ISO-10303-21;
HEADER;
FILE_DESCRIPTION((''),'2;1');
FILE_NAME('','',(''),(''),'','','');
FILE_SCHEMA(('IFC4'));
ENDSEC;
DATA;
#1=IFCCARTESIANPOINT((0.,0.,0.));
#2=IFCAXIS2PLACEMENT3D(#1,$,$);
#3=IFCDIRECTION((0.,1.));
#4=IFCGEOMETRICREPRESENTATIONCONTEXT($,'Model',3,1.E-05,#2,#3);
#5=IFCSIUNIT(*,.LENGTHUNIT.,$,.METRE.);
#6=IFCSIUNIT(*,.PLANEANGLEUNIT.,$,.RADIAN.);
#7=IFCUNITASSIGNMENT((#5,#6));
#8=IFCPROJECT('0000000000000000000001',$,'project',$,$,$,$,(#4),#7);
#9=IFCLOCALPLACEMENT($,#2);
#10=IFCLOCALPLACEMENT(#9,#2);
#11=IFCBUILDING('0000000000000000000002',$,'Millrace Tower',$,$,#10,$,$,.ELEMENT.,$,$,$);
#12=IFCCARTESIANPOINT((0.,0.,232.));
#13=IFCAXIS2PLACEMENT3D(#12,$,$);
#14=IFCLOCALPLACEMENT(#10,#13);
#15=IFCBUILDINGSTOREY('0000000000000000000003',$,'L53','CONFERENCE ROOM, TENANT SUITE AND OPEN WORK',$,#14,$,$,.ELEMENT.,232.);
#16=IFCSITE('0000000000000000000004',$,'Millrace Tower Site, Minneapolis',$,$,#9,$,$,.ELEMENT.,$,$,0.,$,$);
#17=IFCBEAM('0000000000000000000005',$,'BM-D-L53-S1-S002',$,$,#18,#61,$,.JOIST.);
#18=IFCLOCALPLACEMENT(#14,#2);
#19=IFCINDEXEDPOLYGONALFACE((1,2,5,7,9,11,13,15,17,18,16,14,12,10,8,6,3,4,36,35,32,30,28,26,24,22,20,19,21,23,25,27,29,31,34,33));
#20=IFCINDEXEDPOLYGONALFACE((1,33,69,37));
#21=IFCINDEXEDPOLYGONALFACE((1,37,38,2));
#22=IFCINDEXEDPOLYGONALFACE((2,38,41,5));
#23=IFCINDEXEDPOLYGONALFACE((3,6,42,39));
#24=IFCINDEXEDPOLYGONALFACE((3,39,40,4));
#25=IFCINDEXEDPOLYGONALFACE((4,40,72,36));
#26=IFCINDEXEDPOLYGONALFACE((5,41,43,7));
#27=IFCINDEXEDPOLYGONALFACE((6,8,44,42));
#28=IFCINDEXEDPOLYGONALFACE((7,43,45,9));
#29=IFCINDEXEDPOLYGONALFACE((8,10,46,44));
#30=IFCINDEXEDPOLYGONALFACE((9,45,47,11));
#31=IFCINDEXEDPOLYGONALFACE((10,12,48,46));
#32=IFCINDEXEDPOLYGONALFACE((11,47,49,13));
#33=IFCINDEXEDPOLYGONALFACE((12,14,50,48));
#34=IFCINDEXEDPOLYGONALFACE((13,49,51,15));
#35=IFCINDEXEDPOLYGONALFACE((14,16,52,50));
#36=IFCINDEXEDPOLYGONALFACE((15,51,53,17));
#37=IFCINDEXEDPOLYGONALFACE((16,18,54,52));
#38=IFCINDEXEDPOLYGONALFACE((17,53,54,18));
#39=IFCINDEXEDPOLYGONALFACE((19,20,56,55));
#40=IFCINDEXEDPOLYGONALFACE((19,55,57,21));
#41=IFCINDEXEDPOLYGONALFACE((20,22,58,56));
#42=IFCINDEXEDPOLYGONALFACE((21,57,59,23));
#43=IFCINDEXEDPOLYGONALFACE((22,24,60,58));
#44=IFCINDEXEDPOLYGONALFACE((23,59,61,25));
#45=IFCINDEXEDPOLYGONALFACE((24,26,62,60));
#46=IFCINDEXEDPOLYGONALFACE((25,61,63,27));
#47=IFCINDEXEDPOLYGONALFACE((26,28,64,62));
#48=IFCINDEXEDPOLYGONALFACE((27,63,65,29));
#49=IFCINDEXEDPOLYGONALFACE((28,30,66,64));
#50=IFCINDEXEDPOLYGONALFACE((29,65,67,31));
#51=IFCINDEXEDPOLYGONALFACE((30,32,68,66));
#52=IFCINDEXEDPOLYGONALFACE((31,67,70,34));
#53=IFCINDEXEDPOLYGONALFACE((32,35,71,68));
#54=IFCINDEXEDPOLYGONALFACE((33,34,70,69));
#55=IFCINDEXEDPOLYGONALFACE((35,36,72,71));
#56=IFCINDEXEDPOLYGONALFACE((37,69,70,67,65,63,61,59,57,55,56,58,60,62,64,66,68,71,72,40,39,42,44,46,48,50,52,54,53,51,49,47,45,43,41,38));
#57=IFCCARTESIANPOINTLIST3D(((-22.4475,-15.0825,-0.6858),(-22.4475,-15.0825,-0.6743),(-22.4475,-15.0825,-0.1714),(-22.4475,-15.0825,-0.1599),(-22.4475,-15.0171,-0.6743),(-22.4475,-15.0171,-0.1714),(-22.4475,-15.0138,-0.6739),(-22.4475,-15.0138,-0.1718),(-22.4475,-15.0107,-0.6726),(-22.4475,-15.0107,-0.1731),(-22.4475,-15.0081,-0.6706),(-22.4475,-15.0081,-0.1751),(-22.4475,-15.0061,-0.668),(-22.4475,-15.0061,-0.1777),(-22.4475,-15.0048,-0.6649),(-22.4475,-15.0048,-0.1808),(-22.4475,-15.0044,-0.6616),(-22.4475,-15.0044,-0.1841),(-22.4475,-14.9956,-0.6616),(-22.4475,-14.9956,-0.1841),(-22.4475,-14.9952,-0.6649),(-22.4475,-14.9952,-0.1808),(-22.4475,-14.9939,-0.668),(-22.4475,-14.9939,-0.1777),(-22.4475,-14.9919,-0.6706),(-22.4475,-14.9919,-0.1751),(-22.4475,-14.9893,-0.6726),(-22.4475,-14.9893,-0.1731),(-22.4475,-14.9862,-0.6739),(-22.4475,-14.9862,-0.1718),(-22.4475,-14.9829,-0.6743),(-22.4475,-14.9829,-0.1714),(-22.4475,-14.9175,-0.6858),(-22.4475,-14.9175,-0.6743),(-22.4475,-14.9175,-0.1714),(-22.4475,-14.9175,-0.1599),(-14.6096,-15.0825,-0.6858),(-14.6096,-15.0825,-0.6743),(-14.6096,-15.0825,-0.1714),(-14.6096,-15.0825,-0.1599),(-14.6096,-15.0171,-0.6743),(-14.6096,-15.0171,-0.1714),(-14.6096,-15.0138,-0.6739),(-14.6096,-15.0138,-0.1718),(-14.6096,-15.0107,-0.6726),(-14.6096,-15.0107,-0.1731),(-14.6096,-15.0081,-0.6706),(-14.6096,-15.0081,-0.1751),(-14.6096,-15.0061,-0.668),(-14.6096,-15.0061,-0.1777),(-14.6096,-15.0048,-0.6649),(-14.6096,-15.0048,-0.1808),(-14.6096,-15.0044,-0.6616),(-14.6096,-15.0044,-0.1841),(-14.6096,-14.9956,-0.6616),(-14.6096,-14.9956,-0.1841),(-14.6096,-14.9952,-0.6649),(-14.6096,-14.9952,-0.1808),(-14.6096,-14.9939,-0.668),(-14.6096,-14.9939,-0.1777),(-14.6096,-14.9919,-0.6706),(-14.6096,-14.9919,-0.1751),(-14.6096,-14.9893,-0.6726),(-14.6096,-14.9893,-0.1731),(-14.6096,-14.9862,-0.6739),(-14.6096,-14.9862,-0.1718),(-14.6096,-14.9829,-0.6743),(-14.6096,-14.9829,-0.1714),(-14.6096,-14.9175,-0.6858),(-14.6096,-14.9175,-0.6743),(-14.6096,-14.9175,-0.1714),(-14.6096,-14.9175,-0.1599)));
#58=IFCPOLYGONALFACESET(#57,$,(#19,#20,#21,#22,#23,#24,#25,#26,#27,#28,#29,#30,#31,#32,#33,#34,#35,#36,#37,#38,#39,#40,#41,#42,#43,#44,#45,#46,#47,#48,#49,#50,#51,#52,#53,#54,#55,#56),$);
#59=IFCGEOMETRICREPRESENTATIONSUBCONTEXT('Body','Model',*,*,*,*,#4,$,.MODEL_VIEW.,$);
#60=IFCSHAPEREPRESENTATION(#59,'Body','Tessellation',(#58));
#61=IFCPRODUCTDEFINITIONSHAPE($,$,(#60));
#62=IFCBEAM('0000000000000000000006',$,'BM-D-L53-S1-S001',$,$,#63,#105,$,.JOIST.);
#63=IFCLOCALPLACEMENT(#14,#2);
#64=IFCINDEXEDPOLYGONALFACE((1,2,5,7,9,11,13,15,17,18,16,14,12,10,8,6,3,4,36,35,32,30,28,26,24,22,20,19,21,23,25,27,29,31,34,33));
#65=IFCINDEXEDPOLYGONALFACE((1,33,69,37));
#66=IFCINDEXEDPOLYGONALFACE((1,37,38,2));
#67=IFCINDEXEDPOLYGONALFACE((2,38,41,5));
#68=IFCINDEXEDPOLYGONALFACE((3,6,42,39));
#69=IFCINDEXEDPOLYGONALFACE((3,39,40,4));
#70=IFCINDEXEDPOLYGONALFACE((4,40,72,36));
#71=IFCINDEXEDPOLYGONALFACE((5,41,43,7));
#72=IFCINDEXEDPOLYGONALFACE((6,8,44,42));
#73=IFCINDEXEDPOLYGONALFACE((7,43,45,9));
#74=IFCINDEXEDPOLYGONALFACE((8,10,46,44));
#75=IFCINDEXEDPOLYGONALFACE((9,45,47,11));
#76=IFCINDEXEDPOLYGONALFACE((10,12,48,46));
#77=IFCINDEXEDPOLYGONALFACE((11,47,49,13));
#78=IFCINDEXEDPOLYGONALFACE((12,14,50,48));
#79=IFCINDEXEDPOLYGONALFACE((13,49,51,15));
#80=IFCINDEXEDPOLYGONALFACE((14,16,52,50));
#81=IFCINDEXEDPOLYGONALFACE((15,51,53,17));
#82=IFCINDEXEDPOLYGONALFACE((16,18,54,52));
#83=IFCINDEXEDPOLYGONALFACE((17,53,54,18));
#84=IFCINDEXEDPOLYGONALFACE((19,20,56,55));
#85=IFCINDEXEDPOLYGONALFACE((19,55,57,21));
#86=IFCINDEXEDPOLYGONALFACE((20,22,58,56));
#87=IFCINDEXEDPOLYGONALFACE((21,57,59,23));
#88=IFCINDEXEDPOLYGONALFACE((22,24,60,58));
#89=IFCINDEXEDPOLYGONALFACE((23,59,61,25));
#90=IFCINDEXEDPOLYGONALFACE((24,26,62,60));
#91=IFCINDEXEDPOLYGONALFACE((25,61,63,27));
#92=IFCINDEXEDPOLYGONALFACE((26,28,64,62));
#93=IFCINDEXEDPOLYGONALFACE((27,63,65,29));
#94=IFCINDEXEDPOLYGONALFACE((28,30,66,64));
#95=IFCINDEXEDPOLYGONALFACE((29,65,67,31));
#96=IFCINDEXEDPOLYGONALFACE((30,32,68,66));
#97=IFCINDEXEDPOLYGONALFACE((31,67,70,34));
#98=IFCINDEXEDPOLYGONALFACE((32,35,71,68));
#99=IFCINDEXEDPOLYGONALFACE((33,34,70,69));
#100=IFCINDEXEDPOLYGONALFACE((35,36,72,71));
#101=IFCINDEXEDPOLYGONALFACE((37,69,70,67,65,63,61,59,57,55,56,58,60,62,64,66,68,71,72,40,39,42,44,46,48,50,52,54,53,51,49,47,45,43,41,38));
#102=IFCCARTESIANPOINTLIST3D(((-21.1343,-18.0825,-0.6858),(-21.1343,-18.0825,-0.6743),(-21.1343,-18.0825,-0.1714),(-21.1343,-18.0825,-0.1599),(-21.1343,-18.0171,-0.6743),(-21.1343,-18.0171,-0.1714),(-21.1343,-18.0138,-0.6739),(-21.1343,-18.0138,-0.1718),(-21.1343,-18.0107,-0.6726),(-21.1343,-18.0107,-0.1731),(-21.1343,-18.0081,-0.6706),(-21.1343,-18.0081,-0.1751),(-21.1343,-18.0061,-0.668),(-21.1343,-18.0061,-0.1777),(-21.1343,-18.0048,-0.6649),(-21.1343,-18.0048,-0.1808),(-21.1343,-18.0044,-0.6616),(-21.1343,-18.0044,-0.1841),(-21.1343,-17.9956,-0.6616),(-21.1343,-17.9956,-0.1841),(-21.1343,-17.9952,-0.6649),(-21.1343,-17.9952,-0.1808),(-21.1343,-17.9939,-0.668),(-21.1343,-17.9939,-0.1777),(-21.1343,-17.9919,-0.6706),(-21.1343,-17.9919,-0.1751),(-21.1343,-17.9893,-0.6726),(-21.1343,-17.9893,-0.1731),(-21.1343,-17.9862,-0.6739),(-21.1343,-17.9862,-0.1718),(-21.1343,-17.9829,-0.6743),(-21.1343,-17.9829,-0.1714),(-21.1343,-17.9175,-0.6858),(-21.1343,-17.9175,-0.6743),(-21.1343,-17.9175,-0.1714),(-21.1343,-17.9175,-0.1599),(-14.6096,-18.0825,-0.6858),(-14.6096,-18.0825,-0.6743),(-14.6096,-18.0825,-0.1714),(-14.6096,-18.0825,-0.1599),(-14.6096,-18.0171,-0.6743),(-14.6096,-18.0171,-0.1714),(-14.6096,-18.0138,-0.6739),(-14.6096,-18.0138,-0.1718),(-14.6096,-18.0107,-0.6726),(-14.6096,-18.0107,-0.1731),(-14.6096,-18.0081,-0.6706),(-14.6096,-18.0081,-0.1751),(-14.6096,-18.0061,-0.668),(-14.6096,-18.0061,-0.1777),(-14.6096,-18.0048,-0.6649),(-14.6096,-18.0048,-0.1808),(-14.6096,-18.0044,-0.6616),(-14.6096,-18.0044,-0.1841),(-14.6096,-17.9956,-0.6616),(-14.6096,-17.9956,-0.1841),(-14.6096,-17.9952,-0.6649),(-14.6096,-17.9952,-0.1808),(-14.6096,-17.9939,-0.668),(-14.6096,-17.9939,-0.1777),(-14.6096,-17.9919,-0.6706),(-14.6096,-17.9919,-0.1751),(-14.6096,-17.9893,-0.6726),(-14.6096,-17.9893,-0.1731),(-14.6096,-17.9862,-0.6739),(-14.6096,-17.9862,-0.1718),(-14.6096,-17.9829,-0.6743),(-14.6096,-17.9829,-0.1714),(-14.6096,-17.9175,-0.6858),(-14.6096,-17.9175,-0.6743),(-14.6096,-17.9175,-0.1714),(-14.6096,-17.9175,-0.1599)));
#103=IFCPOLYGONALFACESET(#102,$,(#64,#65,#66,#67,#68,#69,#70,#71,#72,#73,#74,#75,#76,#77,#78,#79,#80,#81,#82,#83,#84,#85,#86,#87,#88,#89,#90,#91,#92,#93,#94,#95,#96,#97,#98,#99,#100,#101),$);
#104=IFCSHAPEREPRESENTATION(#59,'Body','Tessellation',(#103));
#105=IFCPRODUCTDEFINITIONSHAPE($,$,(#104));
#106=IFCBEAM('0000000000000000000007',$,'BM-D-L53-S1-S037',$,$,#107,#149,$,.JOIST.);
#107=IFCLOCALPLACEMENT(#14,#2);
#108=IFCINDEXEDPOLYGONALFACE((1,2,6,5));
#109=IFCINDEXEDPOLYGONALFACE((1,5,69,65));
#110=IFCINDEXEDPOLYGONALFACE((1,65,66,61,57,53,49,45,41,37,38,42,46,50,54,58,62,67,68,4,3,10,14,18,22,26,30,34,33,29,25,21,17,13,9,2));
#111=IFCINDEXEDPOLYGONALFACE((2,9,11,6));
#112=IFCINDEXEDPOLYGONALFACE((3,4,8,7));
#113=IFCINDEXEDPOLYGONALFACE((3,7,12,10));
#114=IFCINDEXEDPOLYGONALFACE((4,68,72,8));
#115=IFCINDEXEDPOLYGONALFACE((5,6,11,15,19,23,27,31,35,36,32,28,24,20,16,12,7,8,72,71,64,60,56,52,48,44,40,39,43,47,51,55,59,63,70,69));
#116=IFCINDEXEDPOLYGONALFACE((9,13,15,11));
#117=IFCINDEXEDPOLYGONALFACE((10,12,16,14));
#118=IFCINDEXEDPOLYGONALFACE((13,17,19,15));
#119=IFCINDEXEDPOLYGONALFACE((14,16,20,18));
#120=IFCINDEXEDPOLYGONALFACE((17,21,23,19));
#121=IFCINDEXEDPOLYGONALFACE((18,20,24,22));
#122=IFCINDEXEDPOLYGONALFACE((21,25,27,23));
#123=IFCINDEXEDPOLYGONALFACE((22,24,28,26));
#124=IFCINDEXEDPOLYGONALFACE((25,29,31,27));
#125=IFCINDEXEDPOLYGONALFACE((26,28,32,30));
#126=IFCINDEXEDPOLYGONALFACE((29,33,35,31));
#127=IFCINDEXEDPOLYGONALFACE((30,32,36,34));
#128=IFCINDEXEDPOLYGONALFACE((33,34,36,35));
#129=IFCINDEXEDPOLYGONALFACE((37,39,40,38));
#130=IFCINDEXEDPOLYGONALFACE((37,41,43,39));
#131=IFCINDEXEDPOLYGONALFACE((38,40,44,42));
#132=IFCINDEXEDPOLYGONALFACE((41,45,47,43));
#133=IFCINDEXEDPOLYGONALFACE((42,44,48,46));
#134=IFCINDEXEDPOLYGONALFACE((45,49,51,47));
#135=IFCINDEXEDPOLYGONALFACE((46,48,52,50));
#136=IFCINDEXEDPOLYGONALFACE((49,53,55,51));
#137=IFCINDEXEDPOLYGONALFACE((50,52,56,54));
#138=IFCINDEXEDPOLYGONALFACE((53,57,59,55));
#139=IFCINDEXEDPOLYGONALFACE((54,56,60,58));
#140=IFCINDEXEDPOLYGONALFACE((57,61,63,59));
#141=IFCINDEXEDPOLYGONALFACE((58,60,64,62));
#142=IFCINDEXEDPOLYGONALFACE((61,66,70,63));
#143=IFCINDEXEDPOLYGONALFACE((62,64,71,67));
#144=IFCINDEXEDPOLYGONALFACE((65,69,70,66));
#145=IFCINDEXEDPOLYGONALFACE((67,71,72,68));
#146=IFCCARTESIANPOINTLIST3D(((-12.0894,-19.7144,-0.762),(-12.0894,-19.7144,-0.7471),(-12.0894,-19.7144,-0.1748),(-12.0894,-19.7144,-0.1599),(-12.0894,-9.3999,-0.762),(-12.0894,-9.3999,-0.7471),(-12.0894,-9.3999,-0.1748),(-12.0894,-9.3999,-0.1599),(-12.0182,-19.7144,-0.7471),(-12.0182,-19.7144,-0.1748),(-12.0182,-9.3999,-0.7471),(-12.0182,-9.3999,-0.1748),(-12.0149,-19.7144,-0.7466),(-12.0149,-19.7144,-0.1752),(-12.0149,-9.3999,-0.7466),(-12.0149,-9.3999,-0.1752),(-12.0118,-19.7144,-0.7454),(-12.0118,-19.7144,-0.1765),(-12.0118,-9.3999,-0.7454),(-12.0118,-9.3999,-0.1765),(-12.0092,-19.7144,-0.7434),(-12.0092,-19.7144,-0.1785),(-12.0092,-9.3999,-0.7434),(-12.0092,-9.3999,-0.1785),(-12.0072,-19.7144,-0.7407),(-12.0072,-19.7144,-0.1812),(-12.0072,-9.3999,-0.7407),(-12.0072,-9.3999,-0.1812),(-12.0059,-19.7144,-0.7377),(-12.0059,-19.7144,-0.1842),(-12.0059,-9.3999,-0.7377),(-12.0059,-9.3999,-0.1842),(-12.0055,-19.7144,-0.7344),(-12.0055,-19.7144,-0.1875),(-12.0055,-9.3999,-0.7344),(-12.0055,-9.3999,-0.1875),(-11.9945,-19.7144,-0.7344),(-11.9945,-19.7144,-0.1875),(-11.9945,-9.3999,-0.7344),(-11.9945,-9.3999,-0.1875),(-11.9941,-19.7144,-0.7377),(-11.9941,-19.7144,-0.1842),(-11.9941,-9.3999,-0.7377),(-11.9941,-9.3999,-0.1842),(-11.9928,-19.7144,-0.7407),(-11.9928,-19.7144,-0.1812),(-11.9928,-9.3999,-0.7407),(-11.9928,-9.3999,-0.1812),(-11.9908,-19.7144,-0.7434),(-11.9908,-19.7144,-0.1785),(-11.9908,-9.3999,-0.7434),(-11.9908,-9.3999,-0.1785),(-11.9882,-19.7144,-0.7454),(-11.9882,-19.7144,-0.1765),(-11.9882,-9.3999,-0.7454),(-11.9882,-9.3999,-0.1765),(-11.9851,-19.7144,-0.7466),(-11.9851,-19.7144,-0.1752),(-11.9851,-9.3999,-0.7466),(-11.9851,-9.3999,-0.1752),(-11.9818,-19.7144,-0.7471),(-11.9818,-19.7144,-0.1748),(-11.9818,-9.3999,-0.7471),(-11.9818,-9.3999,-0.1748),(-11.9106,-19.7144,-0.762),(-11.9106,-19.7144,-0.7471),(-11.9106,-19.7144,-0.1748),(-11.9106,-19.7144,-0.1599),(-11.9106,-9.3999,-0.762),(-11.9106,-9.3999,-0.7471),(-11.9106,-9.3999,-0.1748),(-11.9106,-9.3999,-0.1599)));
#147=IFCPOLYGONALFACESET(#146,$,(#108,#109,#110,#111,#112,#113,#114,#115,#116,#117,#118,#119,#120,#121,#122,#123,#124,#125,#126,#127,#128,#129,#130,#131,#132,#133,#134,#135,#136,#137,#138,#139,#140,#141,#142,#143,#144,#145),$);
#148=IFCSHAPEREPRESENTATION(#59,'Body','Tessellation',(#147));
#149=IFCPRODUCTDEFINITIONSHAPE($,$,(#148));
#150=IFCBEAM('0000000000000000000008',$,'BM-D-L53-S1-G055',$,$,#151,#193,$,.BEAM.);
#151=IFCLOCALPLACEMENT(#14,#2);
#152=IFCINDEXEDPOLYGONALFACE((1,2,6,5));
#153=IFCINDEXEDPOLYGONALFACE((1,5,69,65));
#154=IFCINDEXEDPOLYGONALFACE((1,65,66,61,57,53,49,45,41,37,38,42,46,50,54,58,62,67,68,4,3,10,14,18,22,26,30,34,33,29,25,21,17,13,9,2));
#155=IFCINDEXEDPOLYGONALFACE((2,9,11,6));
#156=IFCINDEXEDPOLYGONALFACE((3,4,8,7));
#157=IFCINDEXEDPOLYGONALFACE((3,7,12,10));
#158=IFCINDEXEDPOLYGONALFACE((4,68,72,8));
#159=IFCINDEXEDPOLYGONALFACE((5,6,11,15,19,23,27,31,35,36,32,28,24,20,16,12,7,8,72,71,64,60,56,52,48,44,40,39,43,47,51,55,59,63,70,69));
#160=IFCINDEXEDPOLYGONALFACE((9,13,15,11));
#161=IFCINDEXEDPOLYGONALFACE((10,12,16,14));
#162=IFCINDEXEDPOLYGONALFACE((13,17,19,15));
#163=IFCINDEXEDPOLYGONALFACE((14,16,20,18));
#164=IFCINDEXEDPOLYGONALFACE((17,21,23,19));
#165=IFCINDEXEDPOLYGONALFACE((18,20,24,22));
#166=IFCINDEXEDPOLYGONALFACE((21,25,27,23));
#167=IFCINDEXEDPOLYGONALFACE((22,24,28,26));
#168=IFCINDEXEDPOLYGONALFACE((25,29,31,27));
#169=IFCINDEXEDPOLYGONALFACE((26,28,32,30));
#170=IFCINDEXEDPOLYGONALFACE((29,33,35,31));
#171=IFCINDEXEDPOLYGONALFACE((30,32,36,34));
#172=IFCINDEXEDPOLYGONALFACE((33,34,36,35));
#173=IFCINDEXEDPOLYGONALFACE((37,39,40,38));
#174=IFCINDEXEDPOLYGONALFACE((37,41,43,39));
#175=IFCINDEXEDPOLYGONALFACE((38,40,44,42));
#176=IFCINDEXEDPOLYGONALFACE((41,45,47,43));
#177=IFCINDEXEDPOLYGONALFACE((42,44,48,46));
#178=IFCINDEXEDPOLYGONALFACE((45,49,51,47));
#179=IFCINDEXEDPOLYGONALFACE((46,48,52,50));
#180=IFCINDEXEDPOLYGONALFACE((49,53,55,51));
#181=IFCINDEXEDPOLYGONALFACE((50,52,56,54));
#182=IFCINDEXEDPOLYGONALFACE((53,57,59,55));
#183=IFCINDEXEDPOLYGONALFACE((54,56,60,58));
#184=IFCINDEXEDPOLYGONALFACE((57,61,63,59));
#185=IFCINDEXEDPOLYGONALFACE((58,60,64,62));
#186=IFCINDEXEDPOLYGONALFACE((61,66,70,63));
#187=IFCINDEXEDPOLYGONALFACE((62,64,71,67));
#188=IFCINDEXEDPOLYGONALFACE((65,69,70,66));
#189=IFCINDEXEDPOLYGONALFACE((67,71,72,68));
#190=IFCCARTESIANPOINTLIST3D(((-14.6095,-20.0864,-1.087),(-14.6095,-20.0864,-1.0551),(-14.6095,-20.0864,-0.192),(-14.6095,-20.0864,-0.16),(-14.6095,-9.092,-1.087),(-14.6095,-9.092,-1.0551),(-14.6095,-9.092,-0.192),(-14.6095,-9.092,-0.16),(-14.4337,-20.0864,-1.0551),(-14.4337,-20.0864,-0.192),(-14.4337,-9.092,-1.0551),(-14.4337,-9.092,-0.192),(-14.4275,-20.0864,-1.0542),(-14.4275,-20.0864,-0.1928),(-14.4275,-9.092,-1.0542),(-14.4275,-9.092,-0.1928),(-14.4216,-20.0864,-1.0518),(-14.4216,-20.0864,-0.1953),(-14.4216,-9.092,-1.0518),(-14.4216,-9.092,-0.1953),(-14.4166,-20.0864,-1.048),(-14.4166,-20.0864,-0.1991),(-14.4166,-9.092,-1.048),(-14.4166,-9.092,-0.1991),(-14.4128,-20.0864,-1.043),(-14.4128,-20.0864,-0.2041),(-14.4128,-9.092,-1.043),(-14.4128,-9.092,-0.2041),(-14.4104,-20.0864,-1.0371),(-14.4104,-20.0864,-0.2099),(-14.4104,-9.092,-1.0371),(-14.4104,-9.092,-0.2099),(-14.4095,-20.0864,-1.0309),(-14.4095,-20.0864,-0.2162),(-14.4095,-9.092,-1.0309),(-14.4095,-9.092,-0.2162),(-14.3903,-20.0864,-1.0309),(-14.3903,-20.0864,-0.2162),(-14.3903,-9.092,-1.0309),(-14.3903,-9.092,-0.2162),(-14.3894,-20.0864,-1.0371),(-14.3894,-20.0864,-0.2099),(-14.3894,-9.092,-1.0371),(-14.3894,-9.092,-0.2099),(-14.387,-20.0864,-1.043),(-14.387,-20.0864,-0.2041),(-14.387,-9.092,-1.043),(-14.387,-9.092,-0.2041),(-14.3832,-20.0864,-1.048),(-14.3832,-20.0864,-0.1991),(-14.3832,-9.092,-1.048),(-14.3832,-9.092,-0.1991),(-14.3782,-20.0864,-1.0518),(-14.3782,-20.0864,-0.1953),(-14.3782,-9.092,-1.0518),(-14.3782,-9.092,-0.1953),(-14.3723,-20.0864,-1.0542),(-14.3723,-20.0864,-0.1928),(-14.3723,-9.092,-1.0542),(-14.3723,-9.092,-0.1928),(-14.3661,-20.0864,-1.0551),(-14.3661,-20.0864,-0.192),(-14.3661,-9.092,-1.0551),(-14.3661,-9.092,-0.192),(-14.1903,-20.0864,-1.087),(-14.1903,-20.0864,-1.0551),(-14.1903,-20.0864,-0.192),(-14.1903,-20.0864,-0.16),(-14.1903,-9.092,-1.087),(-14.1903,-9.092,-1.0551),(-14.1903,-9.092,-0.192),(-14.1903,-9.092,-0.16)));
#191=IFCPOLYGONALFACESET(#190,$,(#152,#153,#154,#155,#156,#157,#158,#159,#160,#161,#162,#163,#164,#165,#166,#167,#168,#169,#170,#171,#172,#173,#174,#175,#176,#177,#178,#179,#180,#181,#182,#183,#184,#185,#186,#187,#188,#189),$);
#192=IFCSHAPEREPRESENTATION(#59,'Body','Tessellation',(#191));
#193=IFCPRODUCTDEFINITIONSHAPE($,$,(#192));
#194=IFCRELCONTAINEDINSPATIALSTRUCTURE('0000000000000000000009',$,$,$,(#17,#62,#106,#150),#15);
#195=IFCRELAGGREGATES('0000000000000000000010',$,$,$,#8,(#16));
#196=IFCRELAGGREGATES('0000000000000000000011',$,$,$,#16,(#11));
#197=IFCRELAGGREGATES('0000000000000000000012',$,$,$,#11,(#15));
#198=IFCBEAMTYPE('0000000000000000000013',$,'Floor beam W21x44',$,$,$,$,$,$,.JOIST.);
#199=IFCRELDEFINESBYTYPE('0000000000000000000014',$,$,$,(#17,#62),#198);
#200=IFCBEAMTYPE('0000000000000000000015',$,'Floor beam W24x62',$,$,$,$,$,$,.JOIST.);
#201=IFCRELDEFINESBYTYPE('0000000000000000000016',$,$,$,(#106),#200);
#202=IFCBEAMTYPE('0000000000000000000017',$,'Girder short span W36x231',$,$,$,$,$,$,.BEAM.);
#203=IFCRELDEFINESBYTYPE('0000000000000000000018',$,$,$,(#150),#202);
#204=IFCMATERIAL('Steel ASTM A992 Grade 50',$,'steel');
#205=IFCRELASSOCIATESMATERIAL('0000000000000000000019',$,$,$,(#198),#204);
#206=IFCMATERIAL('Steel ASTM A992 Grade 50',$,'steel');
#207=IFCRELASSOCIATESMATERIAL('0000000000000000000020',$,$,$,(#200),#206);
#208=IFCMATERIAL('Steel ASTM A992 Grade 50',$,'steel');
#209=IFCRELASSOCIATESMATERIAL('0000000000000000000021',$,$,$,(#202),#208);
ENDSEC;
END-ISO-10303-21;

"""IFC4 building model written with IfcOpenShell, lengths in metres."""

from ifc_helpers import new_model, si_unit, direction, frame, origin, origin_2d, place, context, subcontext, project, spatial, i_section, extrude, material, material_profile, profile_set, type_object, element, save


model = new_model("IFC4")

# Units and contexts
model_context = context("Model", 3, precision=1e-05, world=origin(), true_north=direction((0.0, 1.0)))
body_context = subcontext(model_context, "Body", "Model", "MODEL_VIEW")
ifc_project = project(units=[si_unit("LENGTHUNIT", "METRE"), si_unit("PLANEANGLEUNIT", "RADIAN")], contexts=[model_context])

# Site, building, storey
site_placement = place(None, origin())
site = spatial("IfcSite", under=ifc_project, at=site_placement, Name="Millrace Tower Site, Minneapolis", CompositionType="ELEMENT", RefElevation=0.0)
building_placement = place(site_placement, origin())
building = spatial("IfcBuilding", under=site, at=building_placement, Name="Millrace Tower", CompositionType="ELEMENT")
storey_placement = place(building_placement, frame((0.0, 0.0, 232.0)))
storey = spatial("IfcBuildingStorey", under=building, at=storey_placement, Name="L53", Description="CONFERENCE ROOM, TENANT SUITE AND OPEN WORK", CompositionType="ELEMENT", Elevation=232.0)

# Beams
ifc_material_1 = material(Name="Steel ASTM A992 Grade 50", Category="steel")
ifc_material_profile_1 = material_profile(ifc_material_1, i_section(OverallWidth=0.165, OverallDepth=0.5259, WebThickness=0.0088, FlangeThickness=0.0115, FilletRadius=0.0127, at=origin_2d()))
ifc_profile_set_1 = profile_set([ifc_material_profile_1], Name="Steel ASTM A992 Grade 50")
beam_type_1 = type_object("IfcBeamType", Name="Floor beam W21x44", PredefinedType="JOIST", material=ifc_profile_set_1)
beam_1_placement = place(storey_placement, frame((-22.4475, -15.0, -0.4229), z_axis=(1.0, 0.0, 0.0), x_axis=(0.0, 1.0, 0.0)))
element("IfcBeam", 1, at=beam_1_placement, inside=storey, type_object=beam_type_1, Name="BM-D-L53-S1-S002", PredefinedType="JOIST", context=body_context, shape_type="SweptSolid", body=[
    extrude(i_section(OverallWidth=0.165, OverallDepth=0.5259, WebThickness=0.0088, FlangeThickness=0.0115, FilletRadius=0.0127, at=origin_2d()), origin(), (0.0, 0.0, 1.0), 7.8379),
])
beam_2_placement = place(storey_placement, frame((-21.1343, -18.0, -0.4229), z_axis=(1.0, 0.0, 0.0), x_axis=(0.0, 1.0, 0.0)))
element("IfcBeam", 2, at=beam_2_placement, inside=storey, type_object=beam_type_1, Name="BM-D-L53-S1-S001", PredefinedType="JOIST", context=body_context, shape_type="SweptSolid", body=[
    extrude(i_section(OverallWidth=0.165, OverallDepth=0.5259, WebThickness=0.0088, FlangeThickness=0.0115, FilletRadius=0.0127, at=origin_2d()), origin(), (0.0, 0.0, 1.0), 6.5247),
])
ifc_material_2 = material(Name="Steel ASTM A992 Grade 50", Category="steel")
ifc_material_profile_2 = material_profile(ifc_material_2, i_section(OverallWidth=0.1787, OverallDepth=0.6021, WebThickness=0.011, FlangeThickness=0.0149, FilletRadius=0.0127, at=origin_2d()))
ifc_profile_set_2 = profile_set([ifc_material_profile_2], Name="Steel ASTM A992 Grade 50")
beam_type_2 = type_object("IfcBeamType", Name="Floor beam W24x62", PredefinedType="JOIST", material=ifc_profile_set_2)
beam_3_placement = place(storey_placement, frame((-12.0, -19.7144, -0.4609), z_axis=(0.0, 1.0, 0.0), x_axis=(-1.0, 0.0, 0.0)))
element("IfcBeam", 3, at=beam_3_placement, inside=storey, type_object=beam_type_2, Name="BM-D-L53-S1-S037", PredefinedType="JOIST", context=body_context, shape_type="SweptSolid", body=[
    extrude(i_section(OverallWidth=0.1787, OverallDepth=0.6021, WebThickness=0.011, FlangeThickness=0.0149, FilletRadius=0.0127, at=origin_2d()), origin(), (0.0, 0.0, 1.0), 10.3145),
])
ifc_material_3 = material(Name="Steel ASTM A992 Grade 50", Category="steel")
ifc_material_profile_3 = material_profile(ifc_material_3, i_section(OverallWidth=0.4192, OverallDepth=0.927, WebThickness=0.0193, FlangeThickness=0.032, FilletRadius=0.0242, at=origin_2d()))
ifc_profile_set_3 = profile_set([ifc_material_profile_3], Name="Steel ASTM A992 Grade 50")
beam_type_3 = type_object("IfcBeamType", Name="Girder short span W36x231", PredefinedType="BEAM", material=ifc_profile_set_3)
beam_4_placement = place(storey_placement, frame((-14.3999, -20.0864, -0.6235), z_axis=(0.0, 1.0, 0.0), x_axis=(-1.0, 0.0, 0.0)))
element("IfcBeam", 4, at=beam_4_placement, inside=storey, type_object=beam_type_3, Name="BM-D-L53-S1-G055", PredefinedType="BEAM", context=body_context, shape_type="SweptSolid", body=[
    extrude(i_section(OverallWidth=0.4192, OverallDepth=0.927, WebThickness=0.0193, FlangeThickness=0.032, FilletRadius=0.0242, at=origin_2d()), origin(), (0.0, 0.0, 1.0), 10.9944),
])

save(model, "model.ifc")
